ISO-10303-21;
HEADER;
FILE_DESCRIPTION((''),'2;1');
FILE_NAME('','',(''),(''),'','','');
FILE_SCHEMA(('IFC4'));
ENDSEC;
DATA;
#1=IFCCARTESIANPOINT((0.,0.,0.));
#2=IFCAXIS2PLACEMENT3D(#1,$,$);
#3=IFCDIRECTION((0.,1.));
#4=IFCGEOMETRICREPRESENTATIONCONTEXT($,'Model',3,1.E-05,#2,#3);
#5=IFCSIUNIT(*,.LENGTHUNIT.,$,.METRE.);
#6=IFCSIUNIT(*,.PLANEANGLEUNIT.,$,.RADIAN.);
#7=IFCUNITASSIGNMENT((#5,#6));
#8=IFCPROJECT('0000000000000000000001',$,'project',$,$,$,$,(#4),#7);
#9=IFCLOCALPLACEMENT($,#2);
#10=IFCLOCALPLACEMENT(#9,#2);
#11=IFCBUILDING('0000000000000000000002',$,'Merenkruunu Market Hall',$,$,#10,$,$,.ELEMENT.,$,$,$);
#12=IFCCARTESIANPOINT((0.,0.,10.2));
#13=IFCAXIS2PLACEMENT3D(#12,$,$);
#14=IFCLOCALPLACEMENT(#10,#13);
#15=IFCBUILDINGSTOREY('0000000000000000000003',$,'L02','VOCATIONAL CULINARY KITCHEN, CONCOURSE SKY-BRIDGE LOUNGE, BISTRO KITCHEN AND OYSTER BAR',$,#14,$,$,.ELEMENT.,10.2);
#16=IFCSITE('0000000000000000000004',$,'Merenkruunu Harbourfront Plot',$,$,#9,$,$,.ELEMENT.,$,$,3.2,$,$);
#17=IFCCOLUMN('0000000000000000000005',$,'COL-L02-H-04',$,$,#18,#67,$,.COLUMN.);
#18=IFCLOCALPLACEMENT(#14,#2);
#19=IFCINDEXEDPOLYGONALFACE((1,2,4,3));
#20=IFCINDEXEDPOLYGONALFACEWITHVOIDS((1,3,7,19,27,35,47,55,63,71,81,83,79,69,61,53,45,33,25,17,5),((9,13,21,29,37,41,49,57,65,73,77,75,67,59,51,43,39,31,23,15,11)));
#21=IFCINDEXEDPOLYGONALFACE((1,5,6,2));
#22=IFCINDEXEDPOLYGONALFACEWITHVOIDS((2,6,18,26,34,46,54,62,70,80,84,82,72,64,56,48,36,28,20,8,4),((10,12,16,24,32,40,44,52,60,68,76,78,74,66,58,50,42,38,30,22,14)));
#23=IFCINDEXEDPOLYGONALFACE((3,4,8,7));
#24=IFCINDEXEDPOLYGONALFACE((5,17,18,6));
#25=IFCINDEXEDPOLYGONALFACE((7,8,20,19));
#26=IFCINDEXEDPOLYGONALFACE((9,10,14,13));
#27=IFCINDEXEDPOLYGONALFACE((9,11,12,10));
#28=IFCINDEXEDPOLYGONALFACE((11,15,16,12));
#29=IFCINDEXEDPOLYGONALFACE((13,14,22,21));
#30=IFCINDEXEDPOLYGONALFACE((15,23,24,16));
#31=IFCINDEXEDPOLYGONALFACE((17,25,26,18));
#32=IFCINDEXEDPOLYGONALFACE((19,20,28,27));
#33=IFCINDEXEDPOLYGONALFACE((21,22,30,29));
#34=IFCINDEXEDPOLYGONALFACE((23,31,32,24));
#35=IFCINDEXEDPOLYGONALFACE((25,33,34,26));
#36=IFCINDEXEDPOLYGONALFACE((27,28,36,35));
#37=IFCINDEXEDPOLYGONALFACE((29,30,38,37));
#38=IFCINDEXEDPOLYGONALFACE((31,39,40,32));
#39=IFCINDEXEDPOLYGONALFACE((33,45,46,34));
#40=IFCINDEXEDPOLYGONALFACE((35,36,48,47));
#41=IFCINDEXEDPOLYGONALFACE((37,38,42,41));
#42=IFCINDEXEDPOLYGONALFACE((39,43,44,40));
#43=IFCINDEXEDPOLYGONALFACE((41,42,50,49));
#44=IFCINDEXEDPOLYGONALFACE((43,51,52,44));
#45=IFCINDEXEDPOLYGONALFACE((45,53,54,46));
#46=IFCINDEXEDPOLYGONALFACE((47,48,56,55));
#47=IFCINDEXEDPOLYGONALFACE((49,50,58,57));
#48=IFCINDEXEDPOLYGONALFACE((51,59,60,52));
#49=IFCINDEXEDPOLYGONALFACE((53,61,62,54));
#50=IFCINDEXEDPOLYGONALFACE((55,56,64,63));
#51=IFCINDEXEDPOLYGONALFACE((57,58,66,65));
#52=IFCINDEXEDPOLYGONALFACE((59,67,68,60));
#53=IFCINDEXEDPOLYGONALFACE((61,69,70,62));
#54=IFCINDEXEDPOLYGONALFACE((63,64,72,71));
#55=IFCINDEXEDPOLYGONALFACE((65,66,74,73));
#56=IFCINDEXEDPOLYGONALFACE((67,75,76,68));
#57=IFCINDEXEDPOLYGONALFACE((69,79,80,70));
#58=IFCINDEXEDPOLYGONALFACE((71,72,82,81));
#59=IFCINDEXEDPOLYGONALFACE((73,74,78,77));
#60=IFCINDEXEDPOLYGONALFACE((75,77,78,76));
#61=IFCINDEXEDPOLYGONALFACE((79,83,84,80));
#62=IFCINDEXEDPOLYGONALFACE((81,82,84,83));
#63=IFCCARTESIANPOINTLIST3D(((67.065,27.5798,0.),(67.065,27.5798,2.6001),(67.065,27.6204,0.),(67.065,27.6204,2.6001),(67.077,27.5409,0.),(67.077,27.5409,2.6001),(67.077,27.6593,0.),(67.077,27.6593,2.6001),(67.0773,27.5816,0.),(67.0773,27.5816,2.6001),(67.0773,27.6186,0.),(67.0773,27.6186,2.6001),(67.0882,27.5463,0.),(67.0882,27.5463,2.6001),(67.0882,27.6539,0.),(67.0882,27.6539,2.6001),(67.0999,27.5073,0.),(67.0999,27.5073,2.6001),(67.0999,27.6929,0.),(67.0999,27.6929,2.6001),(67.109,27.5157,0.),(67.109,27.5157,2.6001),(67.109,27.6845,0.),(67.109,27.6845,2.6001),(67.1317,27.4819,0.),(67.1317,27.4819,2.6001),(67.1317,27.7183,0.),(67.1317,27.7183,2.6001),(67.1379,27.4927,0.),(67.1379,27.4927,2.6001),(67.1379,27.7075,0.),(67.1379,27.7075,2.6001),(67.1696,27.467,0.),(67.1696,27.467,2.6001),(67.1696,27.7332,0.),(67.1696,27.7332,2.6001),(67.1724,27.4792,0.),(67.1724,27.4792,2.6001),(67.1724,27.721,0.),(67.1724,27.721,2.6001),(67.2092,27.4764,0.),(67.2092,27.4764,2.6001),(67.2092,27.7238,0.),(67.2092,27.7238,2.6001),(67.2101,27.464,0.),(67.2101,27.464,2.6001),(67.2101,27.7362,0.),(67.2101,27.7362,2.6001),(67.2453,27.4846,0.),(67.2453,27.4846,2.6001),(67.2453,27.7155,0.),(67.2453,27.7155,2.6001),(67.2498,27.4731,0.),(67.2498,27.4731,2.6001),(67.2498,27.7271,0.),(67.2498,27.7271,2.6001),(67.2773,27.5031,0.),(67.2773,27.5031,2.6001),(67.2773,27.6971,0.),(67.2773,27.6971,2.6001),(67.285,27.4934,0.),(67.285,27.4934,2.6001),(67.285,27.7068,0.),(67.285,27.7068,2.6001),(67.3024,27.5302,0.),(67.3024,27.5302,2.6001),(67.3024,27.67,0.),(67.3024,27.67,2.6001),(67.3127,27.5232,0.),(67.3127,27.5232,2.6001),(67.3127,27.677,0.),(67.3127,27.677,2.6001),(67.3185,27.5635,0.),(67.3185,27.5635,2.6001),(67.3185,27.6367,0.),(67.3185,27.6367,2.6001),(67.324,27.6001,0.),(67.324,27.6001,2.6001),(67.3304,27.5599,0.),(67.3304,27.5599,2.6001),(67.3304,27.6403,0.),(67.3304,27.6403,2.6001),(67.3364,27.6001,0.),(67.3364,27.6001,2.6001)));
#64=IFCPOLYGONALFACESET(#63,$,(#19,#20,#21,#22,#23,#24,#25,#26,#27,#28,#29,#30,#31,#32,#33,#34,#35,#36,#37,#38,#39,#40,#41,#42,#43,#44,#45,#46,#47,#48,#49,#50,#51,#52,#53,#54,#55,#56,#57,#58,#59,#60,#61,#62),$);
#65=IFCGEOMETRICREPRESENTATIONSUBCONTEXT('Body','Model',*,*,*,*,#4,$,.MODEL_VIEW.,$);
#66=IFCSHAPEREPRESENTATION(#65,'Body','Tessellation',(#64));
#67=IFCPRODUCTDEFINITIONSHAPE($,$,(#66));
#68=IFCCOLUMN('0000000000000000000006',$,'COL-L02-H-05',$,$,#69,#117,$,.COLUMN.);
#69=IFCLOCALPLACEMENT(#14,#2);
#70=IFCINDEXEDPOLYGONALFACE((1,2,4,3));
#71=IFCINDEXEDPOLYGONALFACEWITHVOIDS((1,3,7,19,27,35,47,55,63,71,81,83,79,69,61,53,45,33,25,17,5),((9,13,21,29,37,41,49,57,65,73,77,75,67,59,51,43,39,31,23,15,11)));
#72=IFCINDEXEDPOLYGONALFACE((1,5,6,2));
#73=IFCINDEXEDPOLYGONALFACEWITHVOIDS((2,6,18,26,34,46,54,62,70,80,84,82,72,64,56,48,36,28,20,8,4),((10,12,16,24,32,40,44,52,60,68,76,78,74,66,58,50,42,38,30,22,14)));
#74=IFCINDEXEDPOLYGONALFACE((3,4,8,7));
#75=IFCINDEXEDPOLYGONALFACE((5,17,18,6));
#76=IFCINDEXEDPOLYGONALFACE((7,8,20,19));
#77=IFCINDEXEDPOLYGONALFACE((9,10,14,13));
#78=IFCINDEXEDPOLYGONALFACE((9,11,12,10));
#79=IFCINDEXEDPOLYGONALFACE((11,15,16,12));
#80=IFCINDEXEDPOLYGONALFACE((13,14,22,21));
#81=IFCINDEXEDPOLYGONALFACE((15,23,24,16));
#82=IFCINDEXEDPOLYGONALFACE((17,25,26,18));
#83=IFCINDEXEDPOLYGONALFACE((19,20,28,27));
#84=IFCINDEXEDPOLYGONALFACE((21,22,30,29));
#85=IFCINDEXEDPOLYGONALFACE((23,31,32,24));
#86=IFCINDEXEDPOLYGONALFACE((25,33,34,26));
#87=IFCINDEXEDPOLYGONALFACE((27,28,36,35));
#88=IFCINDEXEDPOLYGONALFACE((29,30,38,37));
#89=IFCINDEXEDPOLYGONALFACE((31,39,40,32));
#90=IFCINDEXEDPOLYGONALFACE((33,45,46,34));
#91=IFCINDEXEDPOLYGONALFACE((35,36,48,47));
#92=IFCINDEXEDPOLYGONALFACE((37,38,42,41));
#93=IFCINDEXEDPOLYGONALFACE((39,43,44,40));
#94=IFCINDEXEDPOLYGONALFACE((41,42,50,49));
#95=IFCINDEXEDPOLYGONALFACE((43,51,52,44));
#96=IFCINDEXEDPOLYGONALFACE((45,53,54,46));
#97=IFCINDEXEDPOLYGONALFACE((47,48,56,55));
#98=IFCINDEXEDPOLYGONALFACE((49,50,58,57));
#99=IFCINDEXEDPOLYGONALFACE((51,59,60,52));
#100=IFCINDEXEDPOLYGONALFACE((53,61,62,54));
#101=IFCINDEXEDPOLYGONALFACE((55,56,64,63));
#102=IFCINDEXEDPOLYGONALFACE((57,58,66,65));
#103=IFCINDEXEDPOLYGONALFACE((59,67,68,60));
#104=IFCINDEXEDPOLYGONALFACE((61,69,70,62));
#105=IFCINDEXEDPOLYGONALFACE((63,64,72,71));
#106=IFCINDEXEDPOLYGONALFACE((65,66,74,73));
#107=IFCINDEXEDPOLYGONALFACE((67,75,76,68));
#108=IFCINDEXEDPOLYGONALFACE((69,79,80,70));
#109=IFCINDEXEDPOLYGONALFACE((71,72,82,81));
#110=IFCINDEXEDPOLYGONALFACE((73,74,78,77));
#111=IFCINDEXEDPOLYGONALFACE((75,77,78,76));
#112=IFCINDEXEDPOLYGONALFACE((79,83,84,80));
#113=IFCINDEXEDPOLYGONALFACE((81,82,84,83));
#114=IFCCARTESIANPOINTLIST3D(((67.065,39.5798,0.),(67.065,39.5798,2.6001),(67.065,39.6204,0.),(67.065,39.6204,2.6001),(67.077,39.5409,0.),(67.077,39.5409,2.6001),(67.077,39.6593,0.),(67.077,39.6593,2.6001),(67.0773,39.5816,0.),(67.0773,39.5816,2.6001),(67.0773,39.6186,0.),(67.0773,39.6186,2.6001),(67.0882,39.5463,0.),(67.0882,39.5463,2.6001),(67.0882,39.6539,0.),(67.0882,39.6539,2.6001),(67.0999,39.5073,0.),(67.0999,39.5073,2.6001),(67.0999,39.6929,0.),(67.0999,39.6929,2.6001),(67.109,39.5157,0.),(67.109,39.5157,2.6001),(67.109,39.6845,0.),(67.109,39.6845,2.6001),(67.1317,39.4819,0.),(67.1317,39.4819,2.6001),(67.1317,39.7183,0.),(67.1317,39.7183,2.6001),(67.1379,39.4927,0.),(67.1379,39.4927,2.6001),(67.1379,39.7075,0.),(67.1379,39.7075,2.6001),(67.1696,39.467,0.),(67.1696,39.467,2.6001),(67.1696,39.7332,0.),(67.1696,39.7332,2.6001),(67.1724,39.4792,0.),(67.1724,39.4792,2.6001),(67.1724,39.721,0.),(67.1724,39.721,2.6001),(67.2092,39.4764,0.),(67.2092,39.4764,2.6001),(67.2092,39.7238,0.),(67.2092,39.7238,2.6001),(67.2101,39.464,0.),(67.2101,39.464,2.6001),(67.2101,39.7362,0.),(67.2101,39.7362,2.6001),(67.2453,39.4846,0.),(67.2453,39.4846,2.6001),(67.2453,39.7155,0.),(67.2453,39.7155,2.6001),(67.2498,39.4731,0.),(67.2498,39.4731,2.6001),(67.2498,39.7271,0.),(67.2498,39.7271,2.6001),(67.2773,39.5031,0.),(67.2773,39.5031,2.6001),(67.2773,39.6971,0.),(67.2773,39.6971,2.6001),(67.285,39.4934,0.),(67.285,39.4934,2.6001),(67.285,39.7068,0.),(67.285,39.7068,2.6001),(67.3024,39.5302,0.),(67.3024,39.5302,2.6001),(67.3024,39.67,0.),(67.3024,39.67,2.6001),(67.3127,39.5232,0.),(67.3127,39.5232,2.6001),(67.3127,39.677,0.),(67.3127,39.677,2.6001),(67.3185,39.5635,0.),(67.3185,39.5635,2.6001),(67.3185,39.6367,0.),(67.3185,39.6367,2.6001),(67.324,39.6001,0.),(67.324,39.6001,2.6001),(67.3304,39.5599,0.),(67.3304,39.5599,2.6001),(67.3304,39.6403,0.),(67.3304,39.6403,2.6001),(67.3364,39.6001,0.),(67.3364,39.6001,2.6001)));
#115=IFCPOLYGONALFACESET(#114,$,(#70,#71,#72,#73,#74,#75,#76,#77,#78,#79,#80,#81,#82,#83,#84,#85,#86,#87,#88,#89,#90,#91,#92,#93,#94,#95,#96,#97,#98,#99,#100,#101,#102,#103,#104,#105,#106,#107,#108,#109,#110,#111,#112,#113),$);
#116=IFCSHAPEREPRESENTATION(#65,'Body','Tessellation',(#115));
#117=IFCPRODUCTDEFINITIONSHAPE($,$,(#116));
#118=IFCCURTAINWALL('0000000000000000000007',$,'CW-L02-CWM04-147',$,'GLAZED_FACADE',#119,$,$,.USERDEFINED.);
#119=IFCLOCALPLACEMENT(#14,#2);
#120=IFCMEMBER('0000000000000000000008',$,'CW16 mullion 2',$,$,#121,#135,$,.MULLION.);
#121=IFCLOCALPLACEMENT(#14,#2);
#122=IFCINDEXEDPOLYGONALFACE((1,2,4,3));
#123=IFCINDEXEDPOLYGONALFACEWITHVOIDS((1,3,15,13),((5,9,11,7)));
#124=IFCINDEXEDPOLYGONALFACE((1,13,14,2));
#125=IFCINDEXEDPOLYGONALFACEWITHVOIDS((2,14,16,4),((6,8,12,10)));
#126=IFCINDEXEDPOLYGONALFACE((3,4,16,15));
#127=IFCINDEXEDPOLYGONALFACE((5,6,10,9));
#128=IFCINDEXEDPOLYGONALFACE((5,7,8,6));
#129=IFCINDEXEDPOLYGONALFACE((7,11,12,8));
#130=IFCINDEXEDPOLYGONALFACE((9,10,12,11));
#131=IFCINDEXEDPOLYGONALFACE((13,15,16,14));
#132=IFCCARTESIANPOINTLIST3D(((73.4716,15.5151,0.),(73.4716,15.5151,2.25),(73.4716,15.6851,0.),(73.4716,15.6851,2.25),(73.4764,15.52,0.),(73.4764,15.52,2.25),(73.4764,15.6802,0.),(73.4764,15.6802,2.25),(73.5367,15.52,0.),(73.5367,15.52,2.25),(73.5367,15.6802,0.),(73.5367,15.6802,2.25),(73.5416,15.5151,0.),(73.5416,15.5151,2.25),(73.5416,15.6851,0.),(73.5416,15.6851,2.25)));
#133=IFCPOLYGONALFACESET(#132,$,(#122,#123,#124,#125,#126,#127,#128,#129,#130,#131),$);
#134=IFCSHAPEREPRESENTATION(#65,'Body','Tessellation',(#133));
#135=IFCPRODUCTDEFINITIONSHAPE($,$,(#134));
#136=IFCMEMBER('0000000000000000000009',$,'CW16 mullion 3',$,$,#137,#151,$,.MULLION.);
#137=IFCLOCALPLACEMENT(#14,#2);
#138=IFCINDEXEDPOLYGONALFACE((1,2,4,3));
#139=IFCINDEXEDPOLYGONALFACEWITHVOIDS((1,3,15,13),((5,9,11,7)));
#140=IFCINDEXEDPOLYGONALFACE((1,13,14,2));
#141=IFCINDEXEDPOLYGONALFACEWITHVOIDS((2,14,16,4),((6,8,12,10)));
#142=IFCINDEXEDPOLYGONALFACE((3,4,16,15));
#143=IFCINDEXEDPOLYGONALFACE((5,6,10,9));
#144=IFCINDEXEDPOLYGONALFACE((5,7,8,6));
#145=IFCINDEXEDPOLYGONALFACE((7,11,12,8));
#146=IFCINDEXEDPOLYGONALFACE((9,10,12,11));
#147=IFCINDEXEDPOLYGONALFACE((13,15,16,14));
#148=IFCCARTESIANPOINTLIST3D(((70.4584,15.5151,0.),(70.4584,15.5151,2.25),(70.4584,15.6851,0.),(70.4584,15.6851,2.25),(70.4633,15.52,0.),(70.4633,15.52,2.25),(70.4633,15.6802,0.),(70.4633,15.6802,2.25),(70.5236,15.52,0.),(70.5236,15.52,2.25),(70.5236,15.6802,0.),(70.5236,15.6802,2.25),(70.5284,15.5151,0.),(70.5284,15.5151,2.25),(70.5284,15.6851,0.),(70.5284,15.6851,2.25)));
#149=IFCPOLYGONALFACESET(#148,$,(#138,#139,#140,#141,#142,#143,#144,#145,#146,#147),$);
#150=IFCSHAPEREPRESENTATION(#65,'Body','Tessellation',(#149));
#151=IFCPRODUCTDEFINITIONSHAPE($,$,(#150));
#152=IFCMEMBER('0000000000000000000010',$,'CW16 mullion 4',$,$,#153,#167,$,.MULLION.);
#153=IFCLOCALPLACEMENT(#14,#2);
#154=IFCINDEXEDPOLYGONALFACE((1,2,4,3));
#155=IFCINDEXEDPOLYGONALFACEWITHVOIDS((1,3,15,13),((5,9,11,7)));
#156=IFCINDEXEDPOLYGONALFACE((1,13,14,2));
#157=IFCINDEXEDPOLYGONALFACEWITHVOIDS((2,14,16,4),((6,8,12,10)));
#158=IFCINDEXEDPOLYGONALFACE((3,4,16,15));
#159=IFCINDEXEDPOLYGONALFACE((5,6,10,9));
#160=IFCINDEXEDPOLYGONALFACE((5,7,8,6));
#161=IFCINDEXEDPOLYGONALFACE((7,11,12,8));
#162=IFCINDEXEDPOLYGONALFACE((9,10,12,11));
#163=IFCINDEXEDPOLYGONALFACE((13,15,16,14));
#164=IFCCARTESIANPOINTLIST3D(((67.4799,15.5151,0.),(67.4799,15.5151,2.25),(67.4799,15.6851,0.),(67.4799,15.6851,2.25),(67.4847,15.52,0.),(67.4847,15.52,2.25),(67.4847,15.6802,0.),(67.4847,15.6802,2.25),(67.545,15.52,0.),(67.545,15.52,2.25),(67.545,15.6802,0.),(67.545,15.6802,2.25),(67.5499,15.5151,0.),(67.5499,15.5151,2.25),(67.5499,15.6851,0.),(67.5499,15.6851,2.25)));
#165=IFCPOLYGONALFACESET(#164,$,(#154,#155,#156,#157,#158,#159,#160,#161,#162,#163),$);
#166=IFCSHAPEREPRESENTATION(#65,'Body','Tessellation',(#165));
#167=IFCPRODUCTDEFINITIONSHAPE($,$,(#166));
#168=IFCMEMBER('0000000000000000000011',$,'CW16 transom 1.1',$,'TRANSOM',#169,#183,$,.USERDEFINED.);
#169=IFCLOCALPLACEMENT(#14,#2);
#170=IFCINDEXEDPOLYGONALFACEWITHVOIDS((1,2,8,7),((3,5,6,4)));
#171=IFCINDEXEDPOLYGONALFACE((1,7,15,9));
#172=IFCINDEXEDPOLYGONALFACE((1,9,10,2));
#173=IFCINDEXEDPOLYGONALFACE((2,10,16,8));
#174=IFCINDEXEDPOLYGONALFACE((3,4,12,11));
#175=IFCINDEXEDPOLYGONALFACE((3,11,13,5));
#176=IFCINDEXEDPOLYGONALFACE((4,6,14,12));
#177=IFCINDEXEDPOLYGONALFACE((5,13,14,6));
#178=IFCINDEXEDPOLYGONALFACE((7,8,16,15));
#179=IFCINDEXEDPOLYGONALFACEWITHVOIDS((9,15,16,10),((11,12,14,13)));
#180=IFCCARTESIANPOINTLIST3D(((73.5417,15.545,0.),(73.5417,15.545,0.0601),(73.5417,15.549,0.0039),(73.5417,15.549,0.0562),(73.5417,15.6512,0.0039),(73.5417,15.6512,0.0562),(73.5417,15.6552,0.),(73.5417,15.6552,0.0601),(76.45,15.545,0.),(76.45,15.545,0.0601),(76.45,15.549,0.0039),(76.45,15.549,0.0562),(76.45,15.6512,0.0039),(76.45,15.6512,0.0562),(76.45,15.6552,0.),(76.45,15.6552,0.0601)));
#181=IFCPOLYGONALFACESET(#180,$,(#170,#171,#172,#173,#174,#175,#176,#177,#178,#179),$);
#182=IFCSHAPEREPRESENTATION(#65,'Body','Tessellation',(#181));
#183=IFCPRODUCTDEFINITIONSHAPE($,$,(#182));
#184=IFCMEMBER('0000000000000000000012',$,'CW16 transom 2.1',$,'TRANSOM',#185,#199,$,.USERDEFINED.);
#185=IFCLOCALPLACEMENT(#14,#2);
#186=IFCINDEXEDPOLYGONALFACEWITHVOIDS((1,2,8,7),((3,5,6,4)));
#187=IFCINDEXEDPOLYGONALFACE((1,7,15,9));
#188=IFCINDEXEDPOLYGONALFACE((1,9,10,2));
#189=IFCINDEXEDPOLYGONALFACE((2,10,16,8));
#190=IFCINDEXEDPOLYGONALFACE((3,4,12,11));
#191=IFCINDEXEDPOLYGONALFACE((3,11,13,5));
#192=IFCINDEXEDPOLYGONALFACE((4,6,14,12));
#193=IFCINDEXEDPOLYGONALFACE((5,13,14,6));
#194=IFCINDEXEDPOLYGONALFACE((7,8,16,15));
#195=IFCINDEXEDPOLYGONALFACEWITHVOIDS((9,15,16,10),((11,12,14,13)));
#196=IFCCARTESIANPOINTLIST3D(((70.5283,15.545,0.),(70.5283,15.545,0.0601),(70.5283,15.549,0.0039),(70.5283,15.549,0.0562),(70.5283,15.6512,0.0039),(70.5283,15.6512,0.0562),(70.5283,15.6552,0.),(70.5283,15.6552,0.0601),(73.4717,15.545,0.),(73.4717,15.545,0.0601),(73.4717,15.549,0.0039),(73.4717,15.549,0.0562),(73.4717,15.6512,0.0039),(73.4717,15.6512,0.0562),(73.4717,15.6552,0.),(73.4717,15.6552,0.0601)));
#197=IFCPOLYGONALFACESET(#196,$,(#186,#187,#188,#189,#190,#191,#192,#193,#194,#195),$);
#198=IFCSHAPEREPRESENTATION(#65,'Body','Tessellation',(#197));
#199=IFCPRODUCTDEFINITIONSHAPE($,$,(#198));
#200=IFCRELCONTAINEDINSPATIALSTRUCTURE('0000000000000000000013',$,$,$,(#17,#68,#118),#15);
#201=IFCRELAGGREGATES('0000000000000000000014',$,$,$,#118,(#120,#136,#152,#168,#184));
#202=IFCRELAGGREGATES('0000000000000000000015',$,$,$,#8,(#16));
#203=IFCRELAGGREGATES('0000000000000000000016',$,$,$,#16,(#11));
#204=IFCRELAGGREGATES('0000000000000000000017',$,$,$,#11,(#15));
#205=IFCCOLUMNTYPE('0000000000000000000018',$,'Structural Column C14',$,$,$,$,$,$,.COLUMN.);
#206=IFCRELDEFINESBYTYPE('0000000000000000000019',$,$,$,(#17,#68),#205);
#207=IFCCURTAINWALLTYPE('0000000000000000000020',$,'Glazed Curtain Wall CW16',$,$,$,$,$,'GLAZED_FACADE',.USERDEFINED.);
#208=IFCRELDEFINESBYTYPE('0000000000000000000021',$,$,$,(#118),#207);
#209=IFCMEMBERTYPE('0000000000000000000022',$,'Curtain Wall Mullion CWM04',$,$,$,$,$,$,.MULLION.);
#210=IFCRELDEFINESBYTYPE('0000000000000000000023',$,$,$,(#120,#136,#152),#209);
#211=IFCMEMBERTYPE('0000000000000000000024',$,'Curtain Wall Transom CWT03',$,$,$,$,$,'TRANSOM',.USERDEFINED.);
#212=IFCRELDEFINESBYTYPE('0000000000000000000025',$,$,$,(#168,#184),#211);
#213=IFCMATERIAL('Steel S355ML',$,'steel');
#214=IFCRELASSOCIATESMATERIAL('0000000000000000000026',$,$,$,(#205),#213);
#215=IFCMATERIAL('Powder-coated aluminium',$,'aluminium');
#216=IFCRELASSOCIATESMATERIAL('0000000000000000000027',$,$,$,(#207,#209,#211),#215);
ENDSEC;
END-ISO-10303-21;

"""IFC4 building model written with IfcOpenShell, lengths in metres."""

from ifc_helpers import new_model, si_unit, direction, frame, origin, origin_2d, place, context, subcontext, project, spatial, hollow_rectangle, hollow_circle, extrude, material, material_profile, profile_set, type_object, element, aggregate, save


model = new_model("IFC4")

# Units and contexts
model_context = context("Model", 3, precision=1e-05, world=origin(), true_north=direction((0.0, 1.0)))
body_context = subcontext(model_context, "Body", "Model", "MODEL_VIEW")
ifc_project = project(units=[si_unit("LENGTHUNIT", "METRE"), si_unit("PLANEANGLEUNIT", "RADIAN")], contexts=[model_context])

# Site, building, storey
site_placement = place(None, origin())
site = spatial("IfcSite", under=ifc_project, at=site_placement, Name="Merenkruunu Harbourfront Plot", CompositionType="ELEMENT", RefElevation=3.2)
building_placement = place(site_placement, origin())
building = spatial("IfcBuilding", under=site, at=building_placement, Name="Merenkruunu Market Hall", CompositionType="ELEMENT")
storey_placement = place(building_placement, frame((0.0, 0.0, 10.2)))
storey = spatial("IfcBuildingStorey", under=building, at=storey_placement, Name="L02", Description="VOCATIONAL CULINARY KITCHEN, CONCOURSE SKY-BRIDGE LOUNGE, BISTRO KITCHEN AND OYSTER BAR", CompositionType="ELEMENT", Elevation=10.2)

# Columns
ifc_material_1 = material(Name="Steel S355ML", Category="steel")
ifc_material_profile_1 = material_profile(ifc_material_1, hollow_circle(Radius=0.1365, WallThickness=0.0125, at=origin_2d()), Name="CHS 273x12.5")
ifc_profile_set_1 = profile_set([ifc_material_profile_1], Name="Steel S355ML")
column_type = type_object("IfcColumnType", Name="Structural Column C14", PredefinedType="COLUMN", material=ifc_profile_set_1)
for number, where, z_axis, x_axis, name in (
    (1, (67.2, 27.6001, 0.0), (0.0, 0.0, 1.0), (1.0, 0.0, 0.0), "COL-L02-H-04"),
    (2, (67.2, 39.6001, 0.0), (0.0, 0.0, 1.0), (1.0, 0.0, 0.0), "COL-L02-H-05"),
):
    element("IfcColumn", number, at=place(storey_placement, frame(where, z_axis=z_axis, x_axis=x_axis)), inside=storey, type_object=column_type, Name=name, PredefinedType="COLUMN", context=body_context, shape_type="SweptSolid", body=[
        extrude(hollow_circle(Radius=0.1365, WallThickness=0.0125, at=origin_2d()), origin(), (0.0, 0.0, 1.0), 2.6001),
    ])

# Curtain wall, members
ifc_material_2 = material(Name="Powder-coated aluminium", Category="aluminium")
curtain_wall_type = type_object("IfcCurtainWallType", Name="Glazed Curtain Wall CW16", ElementType="GLAZED_FACADE", PredefinedType="USERDEFINED", material=ifc_material_2)
curtain_wall_placement = place(storey_placement, origin())
curtain_wall = element("IfcCurtainWall", 3, at=curtain_wall_placement, inside=storey, type_object=curtain_wall_type, Name="CW-L02-CWM04-147", ObjectType="GLAZED_FACADE", PredefinedType="USERDEFINED")
ifc_material_profile_2 = material_profile(ifc_material_2, hollow_rectangle(XDim=0.0701, YDim=0.1699, WallThickness=0.0049, at=origin_2d()), Name="ALU 70x170x5")
ifc_profile_set_2 = profile_set([ifc_material_profile_2], Name="Powder-coated aluminium")
member_type_1 = type_object("IfcMemberType", Name="Curtain Wall Mullion CWM04", PredefinedType="MULLION", material=ifc_profile_set_2)
member_1_placement = place(storey_placement, frame((73.5066, 15.6001, 0.0), z_axis=(0.0, 0.0, 1.0), x_axis=(-1.0, 0.0, 0.0)))
member_1 = element("IfcMember", 4, at=member_1_placement, type_object=member_type_1, Name="CW16 mullion 2", PredefinedType="MULLION", context=body_context, shape_type="SweptSolid", body=[
    extrude(hollow_rectangle(XDim=0.0701, YDim=0.1699, WallThickness=0.0049, at=origin_2d()), origin(), (0.0, 0.0, 1.0), 2.25),
])
member_2_placement = place(storey_placement, frame((70.4934, 15.6001, 0.0), z_axis=(0.0, 0.0, 1.0), x_axis=(-1.0, 0.0, 0.0)))
member_2 = element("IfcMember", 5, at=member_2_placement, type_object=member_type_1, Name="CW16 mullion 3", PredefinedType="MULLION", context=body_context, shape_type="SweptSolid", body=[
    extrude(hollow_rectangle(XDim=0.0701, YDim=0.1699, WallThickness=0.0049, at=origin_2d()), origin(), (0.0, 0.0, 1.0), 2.25),
])
member_3_placement = place(storey_placement, frame((67.5149, 15.6001, 0.0), z_axis=(0.0, 0.0, 1.0), x_axis=(-1.0, 0.0, 0.0)))
member_3 = element("IfcMember", 6, at=member_3_placement, type_object=member_type_1, Name="CW16 mullion 4", PredefinedType="MULLION", context=body_context, shape_type="SweptSolid", body=[
    extrude(hollow_rectangle(XDim=0.0701, YDim=0.1699, WallThickness=0.0049, at=origin_2d()), origin(), (0.0, 0.0, 1.0), 2.25),
])
ifc_material_profile_3 = material_profile(ifc_material_2, hollow_rectangle(XDim=0.0601, YDim=0.1101, WallThickness=0.0039, at=origin_2d()), Name="ALU 60x110x4")
ifc_profile_set_3 = profile_set([ifc_material_profile_3], Name="Powder-coated aluminium")
member_type_2 = type_object("IfcMemberType", Name="Curtain Wall Transom CWT03", ElementType="TRANSOM", PredefinedType="USERDEFINED", material=ifc_profile_set_3)
member_4_placement = place(storey_placement, frame((76.45, 15.6001, 0.03), z_axis=(-1.0, 0.0, 0.0), x_axis=(0.0, 0.0, 1.0)))
member_4 = element("IfcMember", 7, at=member_4_placement, type_object=member_type_2, Name="CW16 transom 1.1", ObjectType="TRANSOM", PredefinedType="USERDEFINED", context=body_context, shape_type="SweptSolid", body=[
    extrude(hollow_rectangle(XDim=0.0601, YDim=0.1101, WallThickness=0.0039, at=origin_2d()), origin(), (0.0, 0.0, 1.0), 2.9082),
])
member_5_placement = place(storey_placement, frame((73.4717, 15.6001, 0.03), z_axis=(-1.0, 0.0, 0.0), x_axis=(0.0, 0.0, 1.0)))
member_5 = element("IfcMember", 8, at=member_5_placement, type_object=member_type_2, Name="CW16 transom 2.1", ObjectType="TRANSOM", PredefinedType="USERDEFINED", context=body_context, shape_type="SweptSolid", body=[
    extrude(hollow_rectangle(XDim=0.0601, YDim=0.1101, WallThickness=0.0039, at=origin_2d()), origin(), (0.0, 0.0, 1.0), 2.9434),
])

aggregate(curtain_wall, [member_1, member_2, member_3, member_4, member_5])

save(model, "model.ifc")
